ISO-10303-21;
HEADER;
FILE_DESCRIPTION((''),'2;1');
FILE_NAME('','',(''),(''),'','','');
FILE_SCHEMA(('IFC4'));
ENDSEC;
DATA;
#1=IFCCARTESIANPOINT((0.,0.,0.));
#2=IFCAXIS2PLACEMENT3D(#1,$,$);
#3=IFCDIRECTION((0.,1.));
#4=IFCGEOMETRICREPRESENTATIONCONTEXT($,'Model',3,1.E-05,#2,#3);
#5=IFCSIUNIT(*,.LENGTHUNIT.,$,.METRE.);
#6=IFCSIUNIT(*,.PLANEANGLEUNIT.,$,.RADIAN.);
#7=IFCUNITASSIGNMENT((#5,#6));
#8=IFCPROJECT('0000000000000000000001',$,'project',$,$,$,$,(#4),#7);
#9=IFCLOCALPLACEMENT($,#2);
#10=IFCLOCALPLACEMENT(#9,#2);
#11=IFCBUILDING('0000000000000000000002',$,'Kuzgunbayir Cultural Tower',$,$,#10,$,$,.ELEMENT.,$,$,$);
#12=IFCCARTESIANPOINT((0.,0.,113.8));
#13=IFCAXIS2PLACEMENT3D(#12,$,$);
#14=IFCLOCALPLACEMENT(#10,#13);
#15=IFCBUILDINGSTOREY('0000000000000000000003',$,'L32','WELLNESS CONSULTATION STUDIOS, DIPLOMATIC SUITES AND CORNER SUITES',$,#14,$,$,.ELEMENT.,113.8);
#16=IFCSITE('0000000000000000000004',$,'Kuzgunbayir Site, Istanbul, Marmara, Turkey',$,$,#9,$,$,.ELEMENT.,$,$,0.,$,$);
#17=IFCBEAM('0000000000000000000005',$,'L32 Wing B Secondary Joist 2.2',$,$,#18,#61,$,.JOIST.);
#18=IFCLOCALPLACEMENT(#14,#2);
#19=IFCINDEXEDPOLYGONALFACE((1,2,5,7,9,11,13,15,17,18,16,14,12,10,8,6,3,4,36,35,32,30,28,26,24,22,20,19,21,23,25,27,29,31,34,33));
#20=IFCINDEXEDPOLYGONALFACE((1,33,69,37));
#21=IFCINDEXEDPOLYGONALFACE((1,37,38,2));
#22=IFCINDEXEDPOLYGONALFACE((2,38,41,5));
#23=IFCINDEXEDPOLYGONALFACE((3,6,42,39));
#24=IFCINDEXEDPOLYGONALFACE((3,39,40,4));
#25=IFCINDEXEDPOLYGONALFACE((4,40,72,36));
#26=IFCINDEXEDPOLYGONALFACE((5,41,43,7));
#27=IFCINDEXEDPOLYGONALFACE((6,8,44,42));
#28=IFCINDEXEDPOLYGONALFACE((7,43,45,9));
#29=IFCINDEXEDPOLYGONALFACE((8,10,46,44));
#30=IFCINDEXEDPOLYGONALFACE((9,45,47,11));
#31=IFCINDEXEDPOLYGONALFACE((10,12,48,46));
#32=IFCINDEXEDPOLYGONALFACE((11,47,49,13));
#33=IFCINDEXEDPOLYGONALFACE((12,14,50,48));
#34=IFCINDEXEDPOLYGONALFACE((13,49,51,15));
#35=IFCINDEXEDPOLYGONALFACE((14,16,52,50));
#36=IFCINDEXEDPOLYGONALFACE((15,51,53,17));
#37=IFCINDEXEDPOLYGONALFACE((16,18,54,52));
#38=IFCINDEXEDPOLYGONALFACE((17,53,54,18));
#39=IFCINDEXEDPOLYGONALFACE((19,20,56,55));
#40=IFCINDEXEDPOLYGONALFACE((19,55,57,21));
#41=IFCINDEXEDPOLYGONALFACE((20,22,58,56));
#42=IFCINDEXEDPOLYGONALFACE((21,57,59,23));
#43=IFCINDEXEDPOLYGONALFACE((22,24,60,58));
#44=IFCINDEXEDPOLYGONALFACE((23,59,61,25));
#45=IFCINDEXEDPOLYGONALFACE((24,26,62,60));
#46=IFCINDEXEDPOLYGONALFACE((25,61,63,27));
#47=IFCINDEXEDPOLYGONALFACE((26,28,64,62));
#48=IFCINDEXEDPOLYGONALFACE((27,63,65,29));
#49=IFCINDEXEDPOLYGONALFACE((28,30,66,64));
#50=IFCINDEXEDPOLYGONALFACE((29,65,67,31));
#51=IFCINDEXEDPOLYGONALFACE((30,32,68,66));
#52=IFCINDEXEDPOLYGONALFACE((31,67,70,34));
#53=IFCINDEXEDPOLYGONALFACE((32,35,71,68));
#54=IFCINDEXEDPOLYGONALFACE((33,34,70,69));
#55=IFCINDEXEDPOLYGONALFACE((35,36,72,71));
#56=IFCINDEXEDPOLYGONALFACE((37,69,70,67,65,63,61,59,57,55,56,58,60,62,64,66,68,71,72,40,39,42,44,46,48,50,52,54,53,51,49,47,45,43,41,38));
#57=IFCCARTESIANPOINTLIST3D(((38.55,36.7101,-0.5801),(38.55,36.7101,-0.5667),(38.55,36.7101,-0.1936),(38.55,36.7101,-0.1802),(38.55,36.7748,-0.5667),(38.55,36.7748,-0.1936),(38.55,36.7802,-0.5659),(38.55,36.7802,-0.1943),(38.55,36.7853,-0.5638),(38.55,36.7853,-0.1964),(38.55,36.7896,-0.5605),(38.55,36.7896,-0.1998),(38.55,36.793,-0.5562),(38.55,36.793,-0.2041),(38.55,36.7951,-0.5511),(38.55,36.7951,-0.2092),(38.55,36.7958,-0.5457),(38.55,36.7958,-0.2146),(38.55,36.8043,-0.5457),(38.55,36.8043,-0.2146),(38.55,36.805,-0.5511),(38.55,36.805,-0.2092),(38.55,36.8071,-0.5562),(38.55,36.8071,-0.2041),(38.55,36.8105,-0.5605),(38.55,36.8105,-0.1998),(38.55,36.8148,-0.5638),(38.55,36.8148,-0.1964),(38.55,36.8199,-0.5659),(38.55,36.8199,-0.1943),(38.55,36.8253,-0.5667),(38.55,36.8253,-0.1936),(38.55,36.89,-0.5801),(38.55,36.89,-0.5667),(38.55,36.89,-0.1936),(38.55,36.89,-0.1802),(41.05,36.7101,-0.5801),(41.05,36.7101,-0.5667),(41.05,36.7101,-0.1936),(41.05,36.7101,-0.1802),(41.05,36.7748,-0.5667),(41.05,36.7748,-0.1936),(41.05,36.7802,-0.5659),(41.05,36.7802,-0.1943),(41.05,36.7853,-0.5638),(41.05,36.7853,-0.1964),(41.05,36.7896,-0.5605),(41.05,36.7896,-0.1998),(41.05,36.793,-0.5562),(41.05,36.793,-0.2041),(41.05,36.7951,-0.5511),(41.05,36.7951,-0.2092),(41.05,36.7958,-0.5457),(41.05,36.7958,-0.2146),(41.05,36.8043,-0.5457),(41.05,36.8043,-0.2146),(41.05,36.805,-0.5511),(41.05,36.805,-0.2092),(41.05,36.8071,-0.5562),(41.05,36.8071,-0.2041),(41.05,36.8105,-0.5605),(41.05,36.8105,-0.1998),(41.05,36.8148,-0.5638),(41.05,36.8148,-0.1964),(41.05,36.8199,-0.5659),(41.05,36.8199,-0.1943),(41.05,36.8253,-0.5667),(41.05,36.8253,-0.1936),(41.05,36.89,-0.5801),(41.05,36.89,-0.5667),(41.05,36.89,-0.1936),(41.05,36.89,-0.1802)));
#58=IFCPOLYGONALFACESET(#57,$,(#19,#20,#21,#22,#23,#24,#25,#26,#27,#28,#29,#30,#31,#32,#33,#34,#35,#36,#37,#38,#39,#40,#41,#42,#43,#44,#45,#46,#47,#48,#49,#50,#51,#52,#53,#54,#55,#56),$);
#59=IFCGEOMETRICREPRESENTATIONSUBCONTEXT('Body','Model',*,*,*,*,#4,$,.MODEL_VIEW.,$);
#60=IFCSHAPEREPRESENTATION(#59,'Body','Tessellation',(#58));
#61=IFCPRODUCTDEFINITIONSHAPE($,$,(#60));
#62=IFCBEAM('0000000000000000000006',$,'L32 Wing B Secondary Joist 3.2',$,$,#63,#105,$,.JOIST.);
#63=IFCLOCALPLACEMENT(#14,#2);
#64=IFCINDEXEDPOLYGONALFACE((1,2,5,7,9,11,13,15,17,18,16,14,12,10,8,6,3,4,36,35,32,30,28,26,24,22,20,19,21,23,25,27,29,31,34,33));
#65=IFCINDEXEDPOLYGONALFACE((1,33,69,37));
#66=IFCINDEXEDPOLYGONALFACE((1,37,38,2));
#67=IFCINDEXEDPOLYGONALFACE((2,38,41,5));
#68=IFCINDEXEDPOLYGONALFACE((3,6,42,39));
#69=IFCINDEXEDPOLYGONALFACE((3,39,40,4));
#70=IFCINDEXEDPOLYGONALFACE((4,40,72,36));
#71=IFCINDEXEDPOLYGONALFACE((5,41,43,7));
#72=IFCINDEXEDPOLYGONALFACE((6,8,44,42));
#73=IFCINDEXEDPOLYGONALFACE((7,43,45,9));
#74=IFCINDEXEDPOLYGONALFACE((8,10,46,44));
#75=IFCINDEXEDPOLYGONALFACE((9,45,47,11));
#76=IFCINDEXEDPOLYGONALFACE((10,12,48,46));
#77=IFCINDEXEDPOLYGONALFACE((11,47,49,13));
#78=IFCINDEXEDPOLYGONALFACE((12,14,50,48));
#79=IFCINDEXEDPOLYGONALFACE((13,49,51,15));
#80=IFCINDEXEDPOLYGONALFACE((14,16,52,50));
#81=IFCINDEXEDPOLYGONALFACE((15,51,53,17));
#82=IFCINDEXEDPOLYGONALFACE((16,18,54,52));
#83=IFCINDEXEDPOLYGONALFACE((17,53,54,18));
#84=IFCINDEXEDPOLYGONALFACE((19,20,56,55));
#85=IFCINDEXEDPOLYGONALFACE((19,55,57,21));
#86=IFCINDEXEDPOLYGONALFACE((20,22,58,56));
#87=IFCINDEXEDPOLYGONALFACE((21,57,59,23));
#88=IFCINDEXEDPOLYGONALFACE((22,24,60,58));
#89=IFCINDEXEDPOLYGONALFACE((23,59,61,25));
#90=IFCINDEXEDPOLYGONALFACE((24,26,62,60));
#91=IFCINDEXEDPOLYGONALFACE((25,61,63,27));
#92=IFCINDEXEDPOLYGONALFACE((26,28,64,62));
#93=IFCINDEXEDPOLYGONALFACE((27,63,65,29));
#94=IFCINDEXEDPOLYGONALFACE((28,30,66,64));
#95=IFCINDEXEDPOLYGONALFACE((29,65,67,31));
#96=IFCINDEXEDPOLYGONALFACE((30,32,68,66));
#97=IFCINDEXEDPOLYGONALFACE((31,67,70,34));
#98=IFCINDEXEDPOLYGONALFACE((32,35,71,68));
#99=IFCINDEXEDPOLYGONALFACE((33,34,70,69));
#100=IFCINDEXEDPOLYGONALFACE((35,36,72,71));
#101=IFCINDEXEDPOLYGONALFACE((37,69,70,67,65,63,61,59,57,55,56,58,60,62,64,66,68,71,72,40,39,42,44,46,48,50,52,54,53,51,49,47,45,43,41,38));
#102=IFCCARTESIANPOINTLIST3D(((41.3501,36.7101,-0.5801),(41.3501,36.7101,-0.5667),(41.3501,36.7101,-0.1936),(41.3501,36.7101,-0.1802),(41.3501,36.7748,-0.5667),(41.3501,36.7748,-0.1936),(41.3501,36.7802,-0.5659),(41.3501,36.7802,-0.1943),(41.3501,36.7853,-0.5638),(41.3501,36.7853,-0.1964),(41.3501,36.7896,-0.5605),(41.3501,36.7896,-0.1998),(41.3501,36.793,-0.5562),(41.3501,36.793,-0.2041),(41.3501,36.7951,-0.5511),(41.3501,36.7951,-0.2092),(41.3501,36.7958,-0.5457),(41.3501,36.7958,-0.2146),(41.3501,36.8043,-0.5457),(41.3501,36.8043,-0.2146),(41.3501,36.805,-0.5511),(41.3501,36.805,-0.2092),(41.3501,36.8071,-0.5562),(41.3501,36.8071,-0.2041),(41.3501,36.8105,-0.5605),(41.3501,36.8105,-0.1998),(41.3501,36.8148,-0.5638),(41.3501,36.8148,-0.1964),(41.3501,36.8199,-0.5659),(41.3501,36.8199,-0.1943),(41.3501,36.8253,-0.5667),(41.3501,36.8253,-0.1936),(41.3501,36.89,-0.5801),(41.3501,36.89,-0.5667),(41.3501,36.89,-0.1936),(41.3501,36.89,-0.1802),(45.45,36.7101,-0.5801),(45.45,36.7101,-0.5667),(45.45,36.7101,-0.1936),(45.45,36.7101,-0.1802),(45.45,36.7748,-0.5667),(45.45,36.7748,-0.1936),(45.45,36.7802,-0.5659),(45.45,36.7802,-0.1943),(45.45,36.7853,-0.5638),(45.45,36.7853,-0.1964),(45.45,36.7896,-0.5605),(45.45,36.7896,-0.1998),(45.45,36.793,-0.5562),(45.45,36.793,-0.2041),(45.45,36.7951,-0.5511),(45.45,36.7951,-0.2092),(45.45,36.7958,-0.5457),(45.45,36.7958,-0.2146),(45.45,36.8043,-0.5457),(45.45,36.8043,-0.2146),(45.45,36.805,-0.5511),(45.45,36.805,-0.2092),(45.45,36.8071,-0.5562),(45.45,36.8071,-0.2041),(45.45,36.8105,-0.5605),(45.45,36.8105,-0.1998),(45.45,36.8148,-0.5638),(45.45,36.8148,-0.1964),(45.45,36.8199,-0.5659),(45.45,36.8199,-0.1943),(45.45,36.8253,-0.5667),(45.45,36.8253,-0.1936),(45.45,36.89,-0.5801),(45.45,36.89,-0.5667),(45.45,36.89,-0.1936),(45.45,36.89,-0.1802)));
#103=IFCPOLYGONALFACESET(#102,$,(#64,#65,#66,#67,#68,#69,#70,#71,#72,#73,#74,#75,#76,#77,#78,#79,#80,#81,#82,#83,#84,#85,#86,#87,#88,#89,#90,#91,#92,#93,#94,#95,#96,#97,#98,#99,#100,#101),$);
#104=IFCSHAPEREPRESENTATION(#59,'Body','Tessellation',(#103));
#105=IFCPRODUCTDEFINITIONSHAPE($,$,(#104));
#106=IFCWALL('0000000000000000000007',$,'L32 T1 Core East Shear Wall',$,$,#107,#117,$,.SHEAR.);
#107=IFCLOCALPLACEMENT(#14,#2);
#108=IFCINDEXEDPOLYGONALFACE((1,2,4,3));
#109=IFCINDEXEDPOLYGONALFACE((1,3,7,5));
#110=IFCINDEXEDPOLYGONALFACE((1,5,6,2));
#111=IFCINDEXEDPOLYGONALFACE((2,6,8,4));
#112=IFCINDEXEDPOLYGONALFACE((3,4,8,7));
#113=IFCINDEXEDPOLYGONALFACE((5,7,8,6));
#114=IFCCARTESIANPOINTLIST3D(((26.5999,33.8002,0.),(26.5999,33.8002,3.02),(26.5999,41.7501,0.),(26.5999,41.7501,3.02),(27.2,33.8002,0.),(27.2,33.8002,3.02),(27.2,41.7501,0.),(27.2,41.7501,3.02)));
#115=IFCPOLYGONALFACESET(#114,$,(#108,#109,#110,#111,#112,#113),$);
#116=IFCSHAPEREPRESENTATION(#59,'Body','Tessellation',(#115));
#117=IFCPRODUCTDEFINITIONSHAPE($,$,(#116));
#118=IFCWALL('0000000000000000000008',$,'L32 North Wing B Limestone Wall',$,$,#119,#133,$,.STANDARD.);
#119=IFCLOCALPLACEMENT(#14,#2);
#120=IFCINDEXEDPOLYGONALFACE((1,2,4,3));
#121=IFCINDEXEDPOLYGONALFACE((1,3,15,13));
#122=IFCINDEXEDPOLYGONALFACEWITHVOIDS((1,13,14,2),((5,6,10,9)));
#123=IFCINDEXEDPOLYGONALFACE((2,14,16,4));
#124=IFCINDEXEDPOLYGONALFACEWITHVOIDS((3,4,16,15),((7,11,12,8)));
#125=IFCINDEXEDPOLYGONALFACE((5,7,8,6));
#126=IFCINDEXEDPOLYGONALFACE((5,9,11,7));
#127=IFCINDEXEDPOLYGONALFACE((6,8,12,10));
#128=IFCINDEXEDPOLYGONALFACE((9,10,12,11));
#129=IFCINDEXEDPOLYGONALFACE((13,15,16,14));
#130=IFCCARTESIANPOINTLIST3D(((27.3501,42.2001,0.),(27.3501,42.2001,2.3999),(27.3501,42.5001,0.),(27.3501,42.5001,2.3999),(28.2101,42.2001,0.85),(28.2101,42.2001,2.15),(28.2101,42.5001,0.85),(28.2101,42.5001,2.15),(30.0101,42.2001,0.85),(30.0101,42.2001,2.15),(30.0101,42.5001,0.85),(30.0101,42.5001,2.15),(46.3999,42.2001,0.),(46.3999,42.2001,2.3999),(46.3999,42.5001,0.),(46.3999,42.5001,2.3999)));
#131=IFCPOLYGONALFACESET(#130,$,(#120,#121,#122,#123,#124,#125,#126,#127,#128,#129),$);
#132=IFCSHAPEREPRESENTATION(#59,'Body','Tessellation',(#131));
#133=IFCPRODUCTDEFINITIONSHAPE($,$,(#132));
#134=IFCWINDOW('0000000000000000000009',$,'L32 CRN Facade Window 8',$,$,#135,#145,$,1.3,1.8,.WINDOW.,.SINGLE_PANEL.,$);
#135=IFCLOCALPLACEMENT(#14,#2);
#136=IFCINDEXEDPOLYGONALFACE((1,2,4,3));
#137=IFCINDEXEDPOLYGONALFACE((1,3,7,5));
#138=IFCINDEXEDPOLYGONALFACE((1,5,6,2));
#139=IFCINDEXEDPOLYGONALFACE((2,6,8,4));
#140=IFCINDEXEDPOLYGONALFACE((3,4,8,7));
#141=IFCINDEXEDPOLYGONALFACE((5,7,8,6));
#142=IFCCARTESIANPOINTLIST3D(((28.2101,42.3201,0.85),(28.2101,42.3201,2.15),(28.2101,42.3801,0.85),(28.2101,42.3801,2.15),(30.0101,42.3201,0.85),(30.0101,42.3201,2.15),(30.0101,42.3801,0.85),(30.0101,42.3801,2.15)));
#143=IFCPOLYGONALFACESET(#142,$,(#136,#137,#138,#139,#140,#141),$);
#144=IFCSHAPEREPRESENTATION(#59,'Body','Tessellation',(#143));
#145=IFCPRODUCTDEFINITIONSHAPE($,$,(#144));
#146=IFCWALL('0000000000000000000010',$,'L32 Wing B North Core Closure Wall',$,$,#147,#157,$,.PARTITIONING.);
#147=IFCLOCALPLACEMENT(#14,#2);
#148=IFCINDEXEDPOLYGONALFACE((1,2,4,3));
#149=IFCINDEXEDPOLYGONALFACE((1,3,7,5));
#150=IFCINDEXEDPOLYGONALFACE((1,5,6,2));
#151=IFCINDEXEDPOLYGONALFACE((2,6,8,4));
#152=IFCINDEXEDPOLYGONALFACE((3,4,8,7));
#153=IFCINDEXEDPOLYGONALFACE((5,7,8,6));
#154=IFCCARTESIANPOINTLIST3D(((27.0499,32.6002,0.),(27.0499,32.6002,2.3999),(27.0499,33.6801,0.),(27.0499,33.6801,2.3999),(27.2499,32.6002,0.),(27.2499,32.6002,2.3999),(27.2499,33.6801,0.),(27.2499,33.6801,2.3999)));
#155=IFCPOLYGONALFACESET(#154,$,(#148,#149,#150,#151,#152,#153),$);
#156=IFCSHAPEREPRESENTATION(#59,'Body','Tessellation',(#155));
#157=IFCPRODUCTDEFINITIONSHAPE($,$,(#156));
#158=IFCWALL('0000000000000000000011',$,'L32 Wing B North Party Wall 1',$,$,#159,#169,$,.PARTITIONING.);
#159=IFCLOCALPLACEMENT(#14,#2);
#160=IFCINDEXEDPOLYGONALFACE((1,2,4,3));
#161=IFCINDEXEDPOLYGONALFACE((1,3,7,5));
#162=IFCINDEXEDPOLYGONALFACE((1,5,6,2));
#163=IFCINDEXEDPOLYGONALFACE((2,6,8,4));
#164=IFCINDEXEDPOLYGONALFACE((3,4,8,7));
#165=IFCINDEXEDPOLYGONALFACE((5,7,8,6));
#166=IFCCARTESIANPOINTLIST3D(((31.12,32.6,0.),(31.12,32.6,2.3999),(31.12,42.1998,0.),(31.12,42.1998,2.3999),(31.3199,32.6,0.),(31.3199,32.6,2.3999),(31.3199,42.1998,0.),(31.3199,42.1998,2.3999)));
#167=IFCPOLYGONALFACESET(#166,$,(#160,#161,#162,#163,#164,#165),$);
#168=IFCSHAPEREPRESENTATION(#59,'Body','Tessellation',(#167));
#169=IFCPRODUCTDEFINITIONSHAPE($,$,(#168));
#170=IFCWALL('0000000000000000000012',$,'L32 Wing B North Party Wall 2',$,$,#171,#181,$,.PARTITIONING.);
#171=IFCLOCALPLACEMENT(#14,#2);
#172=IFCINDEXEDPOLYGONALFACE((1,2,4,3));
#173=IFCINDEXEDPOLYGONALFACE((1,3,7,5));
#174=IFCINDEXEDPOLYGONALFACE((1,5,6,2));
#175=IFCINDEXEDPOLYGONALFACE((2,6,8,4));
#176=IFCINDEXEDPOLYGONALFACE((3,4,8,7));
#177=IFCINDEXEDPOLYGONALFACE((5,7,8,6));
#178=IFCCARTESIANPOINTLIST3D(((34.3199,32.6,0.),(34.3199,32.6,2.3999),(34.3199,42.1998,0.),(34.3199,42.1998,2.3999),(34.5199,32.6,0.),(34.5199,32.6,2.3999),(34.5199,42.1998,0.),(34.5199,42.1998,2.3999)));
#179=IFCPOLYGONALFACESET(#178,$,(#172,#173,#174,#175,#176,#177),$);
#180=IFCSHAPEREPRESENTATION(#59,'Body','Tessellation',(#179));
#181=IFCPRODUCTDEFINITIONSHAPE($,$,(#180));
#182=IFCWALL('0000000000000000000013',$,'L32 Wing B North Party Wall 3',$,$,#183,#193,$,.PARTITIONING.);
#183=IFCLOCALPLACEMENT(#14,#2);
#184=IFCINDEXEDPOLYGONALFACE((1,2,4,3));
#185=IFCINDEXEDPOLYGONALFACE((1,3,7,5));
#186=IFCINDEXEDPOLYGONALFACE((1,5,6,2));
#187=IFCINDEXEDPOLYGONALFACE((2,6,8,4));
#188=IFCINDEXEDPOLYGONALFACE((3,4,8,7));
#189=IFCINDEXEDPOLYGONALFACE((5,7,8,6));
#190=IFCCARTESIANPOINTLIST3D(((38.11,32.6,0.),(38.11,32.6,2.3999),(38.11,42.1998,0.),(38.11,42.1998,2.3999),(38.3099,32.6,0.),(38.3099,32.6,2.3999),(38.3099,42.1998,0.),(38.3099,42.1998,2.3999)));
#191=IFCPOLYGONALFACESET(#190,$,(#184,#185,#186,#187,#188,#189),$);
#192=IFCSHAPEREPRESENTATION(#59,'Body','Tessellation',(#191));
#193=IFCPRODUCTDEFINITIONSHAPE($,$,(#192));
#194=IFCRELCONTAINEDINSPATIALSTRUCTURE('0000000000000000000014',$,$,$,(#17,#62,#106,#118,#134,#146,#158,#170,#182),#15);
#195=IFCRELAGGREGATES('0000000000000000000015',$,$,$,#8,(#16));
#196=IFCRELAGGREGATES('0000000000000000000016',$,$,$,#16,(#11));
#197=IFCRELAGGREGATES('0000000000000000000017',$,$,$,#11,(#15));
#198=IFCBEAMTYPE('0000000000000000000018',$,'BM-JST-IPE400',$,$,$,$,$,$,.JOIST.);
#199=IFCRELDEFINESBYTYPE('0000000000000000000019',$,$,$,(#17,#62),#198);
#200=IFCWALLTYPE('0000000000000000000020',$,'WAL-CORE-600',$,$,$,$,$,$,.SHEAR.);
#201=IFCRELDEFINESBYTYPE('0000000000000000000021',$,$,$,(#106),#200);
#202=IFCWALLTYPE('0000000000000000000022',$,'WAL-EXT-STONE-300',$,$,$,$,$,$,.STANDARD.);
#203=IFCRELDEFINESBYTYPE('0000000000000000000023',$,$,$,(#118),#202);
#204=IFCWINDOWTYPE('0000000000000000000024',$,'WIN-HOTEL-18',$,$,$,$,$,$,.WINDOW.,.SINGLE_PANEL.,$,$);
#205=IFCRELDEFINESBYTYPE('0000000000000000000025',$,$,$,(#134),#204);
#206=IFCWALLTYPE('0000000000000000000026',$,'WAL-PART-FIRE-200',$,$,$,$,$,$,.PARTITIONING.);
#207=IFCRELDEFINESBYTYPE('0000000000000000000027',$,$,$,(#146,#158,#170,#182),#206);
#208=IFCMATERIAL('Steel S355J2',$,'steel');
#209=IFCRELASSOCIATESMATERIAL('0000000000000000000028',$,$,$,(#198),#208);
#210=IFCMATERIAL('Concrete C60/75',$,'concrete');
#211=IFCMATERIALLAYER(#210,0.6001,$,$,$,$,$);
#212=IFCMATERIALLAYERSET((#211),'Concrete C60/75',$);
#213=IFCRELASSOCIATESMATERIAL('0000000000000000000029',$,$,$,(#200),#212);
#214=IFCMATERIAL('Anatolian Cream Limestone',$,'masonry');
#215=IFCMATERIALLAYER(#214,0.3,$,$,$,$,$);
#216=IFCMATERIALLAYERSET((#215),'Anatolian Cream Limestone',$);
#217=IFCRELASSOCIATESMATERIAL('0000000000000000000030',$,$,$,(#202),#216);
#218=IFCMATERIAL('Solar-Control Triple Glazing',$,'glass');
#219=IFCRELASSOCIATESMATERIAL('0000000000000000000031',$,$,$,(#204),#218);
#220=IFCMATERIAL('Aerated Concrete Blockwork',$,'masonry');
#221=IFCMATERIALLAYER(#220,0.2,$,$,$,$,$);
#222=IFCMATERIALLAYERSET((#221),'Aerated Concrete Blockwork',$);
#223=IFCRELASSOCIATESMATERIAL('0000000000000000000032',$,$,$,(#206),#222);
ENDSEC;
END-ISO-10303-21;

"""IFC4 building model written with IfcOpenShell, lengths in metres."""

from ifc_helpers import new_model, si_unit, direction, frame, frame_2d, origin, origin_2d, place, context, subcontext, project, spatial, rectangle, i_section, extrude, material, layer, layer_set, material_profile, profile_set, type_object, element, fill, save


model = new_model("IFC4")

# Units and contexts
model_context = context("Model", 3, precision=1e-05, world=origin(), true_north=direction((0.0, 1.0)))
body_context = subcontext(model_context, "Body", "Model", "MODEL_VIEW")
ifc_project = project(units=[si_unit("LENGTHUNIT", "METRE"), si_unit("PLANEANGLEUNIT", "RADIAN")], contexts=[model_context])

# Site, building, storey
site_placement = place(None, origin())
site = spatial("IfcSite", under=ifc_project, at=site_placement, Name="Kuzgunbayir Site, Istanbul, Marmara, Turkey", CompositionType="ELEMENT", RefElevation=0.0)
building_placement = place(site_placement, origin())
building = spatial("IfcBuilding", under=site, at=building_placement, Name="Kuzgunbayir Cultural Tower", CompositionType="ELEMENT")
storey_placement = place(building_placement, frame((0.0, 0.0, 113.8)))
storey = spatial("IfcBuildingStorey", under=building, at=storey_placement, Name="L32", Description="WELLNESS CONSULTATION STUDIOS, DIPLOMATIC SUITES AND CORNER SUITES", CompositionType="ELEMENT", Elevation=113.8)

# Beams
ifc_material_1 = material(Name="Steel S355J2", Category="steel")
ifc_material_profile_1 = material_profile(ifc_material_1, i_section(OverallWidth=0.1799, OverallDepth=0.3999, WebThickness=0.0085, FlangeThickness=0.0134, FilletRadius=0.021, at=origin_2d()), Name="IPE 400")
ifc_profile_set_1 = profile_set([ifc_material_profile_1], Name="Steel S355J2")
beam_type_1 = type_object("IfcBeamType", Name="BM-JST-IPE400", PredefinedType="JOIST", material=ifc_profile_set_1)
beam_1_placement = place(storey_placement, frame((38.55, 36.8, -0.3801), z_axis=(1.0, 0.0, 0.0), x_axis=(0.0, 1.0, 0.0)))
element("IfcBeam", 1, at=beam_1_placement, inside=storey, type_object=beam_type_1, Name="L32 Wing B Secondary Joist 2.2", PredefinedType="JOIST", context=body_context, shape_type="SweptSolid", body=[
    extrude(i_section(OverallWidth=0.1799, OverallDepth=0.3999, WebThickness=0.0085, FlangeThickness=0.0134, FilletRadius=0.021, at=origin_2d()), origin(), (0.0, 0.0, 1.0), 2.5),
])
beam_2_placement = place(storey_placement, frame((41.3501, 36.8, -0.3801), z_axis=(1.0, 0.0, 0.0), x_axis=(0.0, 1.0, 0.0)))
element("IfcBeam", 2, at=beam_2_placement, inside=storey, type_object=beam_type_1, Name="L32 Wing B Secondary Joist 3.2", PredefinedType="JOIST", context=body_context, shape_type="SweptSolid", body=[
    extrude(i_section(OverallWidth=0.1799, OverallDepth=0.3999, WebThickness=0.0085, FlangeThickness=0.0134, FilletRadius=0.021, at=origin_2d()), origin(), (0.0, 0.0, 1.0), 4.0999),
])

# Wall
ifc_material_2 = material(Name="Concrete C60/75", Category="concrete")
ifc_layer_1 = layer(ifc_material_2, 0.6001)
ifc_layer_set_1 = layer_set([ifc_layer_1], Name="Concrete C60/75")
wall_type_1 = type_object("IfcWallType", Name="WAL-CORE-600", PredefinedType="SHEAR", material=ifc_layer_set_1)
wall_1_placement = place(storey_placement, frame((26.8999, 33.8, 0.0), z_axis=(0.0, 0.0, 1.0), x_axis=(0.0, 1.0, 0.0)))
element("IfcWall", 3, at=wall_1_placement, inside=storey, type_object=wall_type_1, Name="L32 T1 Core East Shear Wall", PredefinedType="SHEAR", context=body_context, shape_type="SweptSolid", body=[
    extrude(rectangle(XDim=7.95, YDim=0.6001, at=frame_2d((3.9751, 0.0))), origin(), (0.0, 0.0, 1.0), 3.02),
])

# Wall, opening, window
ifc_material_3 = material(Name="Anatolian Cream Limestone", Category="masonry")
ifc_layer_2 = layer(ifc_material_3, 0.3)
ifc_layer_set_2 = layer_set([ifc_layer_2], Name="Anatolian Cream Limestone")
wall_type_2 = type_object("IfcWallType", Name="WAL-EXT-STONE-300", PredefinedType="STANDARD", material=ifc_layer_set_2)
wall_2_placement = place(storey_placement, frame((46.3999, 42.3501, 0.0), z_axis=(0.0, 0.0, 1.0), x_axis=(-1.0, 0.0, 0.0)))
wall_2 = element("IfcWall", 4, at=wall_2_placement, inside=storey, type_object=wall_type_2, Name="L32 North Wing B Limestone Wall", PredefinedType="STANDARD", context=body_context, shape_type="SweptSolid", body=[
    extrude(rectangle(XDim=19.0498, YDim=0.3, at=frame_2d((9.5249, 0.0))), origin(), (0.0, 0.0, 1.0), 2.3999),
])
opening_1_placement = place(wall_2_placement, frame((16.3899, 0.0, 0.8501)))
opening_1 = element("IfcOpeningElement", 5, at=opening_1_placement, cuts=wall_2, PredefinedType="OPENING", context=body_context, shape_type="SweptSolid", body=[
    extrude(rectangle(XDim=1.8, YDim=1.3, at=frame_2d((0.8999, 0.6499))), frame((0.0, 0.1602, 0.0), z_axis=(0.0, -1.0, 0.0), x_axis=(1.0, 0.0, 0.0)), (0.0, 0.0, 1.0), 0.3201),
])
ifc_material_4 = material(Name="Solar-Control Triple Glazing", Category="glass")
window_type = type_object("IfcWindowType", Name="WIN-HOTEL-18", PartitioningType="SINGLE_PANEL", PredefinedType="WINDOW", material=ifc_material_4)
window_placement = place(opening_1_placement, origin())
window = element("IfcWindow", 6, at=window_placement, inside=storey, type_object=window_type, Name="L32 CRN Facade Window 8", OverallHeight=1.3, OverallWidth=1.8, PartitioningType="SINGLE_PANEL", PredefinedType="WINDOW", context=body_context, shape_type="SweptSolid", body=[
    extrude(rectangle(XDim=1.8, YDim=1.3, at=frame_2d((0.8999, 0.6499))), frame((0.0, 0.03, 0.0), z_axis=(0.0, -1.0, 0.0), x_axis=(1.0, 0.0, 0.0)), (0.0, 0.0, 1.0), 0.0601),
])
fill(opening_1, window)

# Walls
ifc_material_5 = material(Name="Aerated Concrete Blockwork", Category="masonry")
ifc_layer_3 = layer(ifc_material_5, 0.2)
ifc_layer_set_3 = layer_set([ifc_layer_3], Name="Aerated Concrete Blockwork")
wall_type_3 = type_object("IfcWallType", Name="WAL-PART-FIRE-200", PredefinedType="PARTITIONING", material=ifc_layer_set_3)
wall_3_placement = place(storey_placement, frame((27.1499, 32.6001, 0.0), z_axis=(0.0, 0.0, 1.0), x_axis=(0.0, 1.0, 0.0)))
element("IfcWall", 7, at=wall_3_placement, inside=storey, type_object=wall_type_3, Name="L32 Wing B North Core Closure Wall", PredefinedType="PARTITIONING", context=body_context, shape_type="SweptSolid", body=[
    extrude(rectangle(XDim=1.0798, YDim=0.2, at=frame_2d((0.54, 0.0))), origin(), (0.0, 0.0, 1.0), 2.3999),
])
for number, where, z_axis, x_axis, name in (
    (8, (31.22, 32.6001, 0.0), (0.0, 0.0, 1.0), (0.0, 1.0, 0.0), "L32 Wing B North Party Wall 1"),
    (9, (34.4199, 32.6001, 0.0), (0.0, 0.0, 1.0), (0.0, 1.0, 0.0), "L32 Wing B North Party Wall 2"),
    (10, (38.21, 32.6001, 0.0), (0.0, 0.0, 1.0), (0.0, 1.0, 0.0), "L32 Wing B North Party Wall 3"),
):
    element("IfcWall", number, at=place(storey_placement, frame(where, z_axis=z_axis, x_axis=x_axis)), inside=storey, type_object=wall_type_3, Name=name, PredefinedType="PARTITIONING", context=body_context, shape_type="SweptSolid", body=[
        extrude(rectangle(XDim=9.5999, YDim=0.2, at=frame_2d((4.7998, 0.0))), origin(), (0.0, 0.0, 1.0), 2.3999),
    ])

save(model, "model.ifc")
